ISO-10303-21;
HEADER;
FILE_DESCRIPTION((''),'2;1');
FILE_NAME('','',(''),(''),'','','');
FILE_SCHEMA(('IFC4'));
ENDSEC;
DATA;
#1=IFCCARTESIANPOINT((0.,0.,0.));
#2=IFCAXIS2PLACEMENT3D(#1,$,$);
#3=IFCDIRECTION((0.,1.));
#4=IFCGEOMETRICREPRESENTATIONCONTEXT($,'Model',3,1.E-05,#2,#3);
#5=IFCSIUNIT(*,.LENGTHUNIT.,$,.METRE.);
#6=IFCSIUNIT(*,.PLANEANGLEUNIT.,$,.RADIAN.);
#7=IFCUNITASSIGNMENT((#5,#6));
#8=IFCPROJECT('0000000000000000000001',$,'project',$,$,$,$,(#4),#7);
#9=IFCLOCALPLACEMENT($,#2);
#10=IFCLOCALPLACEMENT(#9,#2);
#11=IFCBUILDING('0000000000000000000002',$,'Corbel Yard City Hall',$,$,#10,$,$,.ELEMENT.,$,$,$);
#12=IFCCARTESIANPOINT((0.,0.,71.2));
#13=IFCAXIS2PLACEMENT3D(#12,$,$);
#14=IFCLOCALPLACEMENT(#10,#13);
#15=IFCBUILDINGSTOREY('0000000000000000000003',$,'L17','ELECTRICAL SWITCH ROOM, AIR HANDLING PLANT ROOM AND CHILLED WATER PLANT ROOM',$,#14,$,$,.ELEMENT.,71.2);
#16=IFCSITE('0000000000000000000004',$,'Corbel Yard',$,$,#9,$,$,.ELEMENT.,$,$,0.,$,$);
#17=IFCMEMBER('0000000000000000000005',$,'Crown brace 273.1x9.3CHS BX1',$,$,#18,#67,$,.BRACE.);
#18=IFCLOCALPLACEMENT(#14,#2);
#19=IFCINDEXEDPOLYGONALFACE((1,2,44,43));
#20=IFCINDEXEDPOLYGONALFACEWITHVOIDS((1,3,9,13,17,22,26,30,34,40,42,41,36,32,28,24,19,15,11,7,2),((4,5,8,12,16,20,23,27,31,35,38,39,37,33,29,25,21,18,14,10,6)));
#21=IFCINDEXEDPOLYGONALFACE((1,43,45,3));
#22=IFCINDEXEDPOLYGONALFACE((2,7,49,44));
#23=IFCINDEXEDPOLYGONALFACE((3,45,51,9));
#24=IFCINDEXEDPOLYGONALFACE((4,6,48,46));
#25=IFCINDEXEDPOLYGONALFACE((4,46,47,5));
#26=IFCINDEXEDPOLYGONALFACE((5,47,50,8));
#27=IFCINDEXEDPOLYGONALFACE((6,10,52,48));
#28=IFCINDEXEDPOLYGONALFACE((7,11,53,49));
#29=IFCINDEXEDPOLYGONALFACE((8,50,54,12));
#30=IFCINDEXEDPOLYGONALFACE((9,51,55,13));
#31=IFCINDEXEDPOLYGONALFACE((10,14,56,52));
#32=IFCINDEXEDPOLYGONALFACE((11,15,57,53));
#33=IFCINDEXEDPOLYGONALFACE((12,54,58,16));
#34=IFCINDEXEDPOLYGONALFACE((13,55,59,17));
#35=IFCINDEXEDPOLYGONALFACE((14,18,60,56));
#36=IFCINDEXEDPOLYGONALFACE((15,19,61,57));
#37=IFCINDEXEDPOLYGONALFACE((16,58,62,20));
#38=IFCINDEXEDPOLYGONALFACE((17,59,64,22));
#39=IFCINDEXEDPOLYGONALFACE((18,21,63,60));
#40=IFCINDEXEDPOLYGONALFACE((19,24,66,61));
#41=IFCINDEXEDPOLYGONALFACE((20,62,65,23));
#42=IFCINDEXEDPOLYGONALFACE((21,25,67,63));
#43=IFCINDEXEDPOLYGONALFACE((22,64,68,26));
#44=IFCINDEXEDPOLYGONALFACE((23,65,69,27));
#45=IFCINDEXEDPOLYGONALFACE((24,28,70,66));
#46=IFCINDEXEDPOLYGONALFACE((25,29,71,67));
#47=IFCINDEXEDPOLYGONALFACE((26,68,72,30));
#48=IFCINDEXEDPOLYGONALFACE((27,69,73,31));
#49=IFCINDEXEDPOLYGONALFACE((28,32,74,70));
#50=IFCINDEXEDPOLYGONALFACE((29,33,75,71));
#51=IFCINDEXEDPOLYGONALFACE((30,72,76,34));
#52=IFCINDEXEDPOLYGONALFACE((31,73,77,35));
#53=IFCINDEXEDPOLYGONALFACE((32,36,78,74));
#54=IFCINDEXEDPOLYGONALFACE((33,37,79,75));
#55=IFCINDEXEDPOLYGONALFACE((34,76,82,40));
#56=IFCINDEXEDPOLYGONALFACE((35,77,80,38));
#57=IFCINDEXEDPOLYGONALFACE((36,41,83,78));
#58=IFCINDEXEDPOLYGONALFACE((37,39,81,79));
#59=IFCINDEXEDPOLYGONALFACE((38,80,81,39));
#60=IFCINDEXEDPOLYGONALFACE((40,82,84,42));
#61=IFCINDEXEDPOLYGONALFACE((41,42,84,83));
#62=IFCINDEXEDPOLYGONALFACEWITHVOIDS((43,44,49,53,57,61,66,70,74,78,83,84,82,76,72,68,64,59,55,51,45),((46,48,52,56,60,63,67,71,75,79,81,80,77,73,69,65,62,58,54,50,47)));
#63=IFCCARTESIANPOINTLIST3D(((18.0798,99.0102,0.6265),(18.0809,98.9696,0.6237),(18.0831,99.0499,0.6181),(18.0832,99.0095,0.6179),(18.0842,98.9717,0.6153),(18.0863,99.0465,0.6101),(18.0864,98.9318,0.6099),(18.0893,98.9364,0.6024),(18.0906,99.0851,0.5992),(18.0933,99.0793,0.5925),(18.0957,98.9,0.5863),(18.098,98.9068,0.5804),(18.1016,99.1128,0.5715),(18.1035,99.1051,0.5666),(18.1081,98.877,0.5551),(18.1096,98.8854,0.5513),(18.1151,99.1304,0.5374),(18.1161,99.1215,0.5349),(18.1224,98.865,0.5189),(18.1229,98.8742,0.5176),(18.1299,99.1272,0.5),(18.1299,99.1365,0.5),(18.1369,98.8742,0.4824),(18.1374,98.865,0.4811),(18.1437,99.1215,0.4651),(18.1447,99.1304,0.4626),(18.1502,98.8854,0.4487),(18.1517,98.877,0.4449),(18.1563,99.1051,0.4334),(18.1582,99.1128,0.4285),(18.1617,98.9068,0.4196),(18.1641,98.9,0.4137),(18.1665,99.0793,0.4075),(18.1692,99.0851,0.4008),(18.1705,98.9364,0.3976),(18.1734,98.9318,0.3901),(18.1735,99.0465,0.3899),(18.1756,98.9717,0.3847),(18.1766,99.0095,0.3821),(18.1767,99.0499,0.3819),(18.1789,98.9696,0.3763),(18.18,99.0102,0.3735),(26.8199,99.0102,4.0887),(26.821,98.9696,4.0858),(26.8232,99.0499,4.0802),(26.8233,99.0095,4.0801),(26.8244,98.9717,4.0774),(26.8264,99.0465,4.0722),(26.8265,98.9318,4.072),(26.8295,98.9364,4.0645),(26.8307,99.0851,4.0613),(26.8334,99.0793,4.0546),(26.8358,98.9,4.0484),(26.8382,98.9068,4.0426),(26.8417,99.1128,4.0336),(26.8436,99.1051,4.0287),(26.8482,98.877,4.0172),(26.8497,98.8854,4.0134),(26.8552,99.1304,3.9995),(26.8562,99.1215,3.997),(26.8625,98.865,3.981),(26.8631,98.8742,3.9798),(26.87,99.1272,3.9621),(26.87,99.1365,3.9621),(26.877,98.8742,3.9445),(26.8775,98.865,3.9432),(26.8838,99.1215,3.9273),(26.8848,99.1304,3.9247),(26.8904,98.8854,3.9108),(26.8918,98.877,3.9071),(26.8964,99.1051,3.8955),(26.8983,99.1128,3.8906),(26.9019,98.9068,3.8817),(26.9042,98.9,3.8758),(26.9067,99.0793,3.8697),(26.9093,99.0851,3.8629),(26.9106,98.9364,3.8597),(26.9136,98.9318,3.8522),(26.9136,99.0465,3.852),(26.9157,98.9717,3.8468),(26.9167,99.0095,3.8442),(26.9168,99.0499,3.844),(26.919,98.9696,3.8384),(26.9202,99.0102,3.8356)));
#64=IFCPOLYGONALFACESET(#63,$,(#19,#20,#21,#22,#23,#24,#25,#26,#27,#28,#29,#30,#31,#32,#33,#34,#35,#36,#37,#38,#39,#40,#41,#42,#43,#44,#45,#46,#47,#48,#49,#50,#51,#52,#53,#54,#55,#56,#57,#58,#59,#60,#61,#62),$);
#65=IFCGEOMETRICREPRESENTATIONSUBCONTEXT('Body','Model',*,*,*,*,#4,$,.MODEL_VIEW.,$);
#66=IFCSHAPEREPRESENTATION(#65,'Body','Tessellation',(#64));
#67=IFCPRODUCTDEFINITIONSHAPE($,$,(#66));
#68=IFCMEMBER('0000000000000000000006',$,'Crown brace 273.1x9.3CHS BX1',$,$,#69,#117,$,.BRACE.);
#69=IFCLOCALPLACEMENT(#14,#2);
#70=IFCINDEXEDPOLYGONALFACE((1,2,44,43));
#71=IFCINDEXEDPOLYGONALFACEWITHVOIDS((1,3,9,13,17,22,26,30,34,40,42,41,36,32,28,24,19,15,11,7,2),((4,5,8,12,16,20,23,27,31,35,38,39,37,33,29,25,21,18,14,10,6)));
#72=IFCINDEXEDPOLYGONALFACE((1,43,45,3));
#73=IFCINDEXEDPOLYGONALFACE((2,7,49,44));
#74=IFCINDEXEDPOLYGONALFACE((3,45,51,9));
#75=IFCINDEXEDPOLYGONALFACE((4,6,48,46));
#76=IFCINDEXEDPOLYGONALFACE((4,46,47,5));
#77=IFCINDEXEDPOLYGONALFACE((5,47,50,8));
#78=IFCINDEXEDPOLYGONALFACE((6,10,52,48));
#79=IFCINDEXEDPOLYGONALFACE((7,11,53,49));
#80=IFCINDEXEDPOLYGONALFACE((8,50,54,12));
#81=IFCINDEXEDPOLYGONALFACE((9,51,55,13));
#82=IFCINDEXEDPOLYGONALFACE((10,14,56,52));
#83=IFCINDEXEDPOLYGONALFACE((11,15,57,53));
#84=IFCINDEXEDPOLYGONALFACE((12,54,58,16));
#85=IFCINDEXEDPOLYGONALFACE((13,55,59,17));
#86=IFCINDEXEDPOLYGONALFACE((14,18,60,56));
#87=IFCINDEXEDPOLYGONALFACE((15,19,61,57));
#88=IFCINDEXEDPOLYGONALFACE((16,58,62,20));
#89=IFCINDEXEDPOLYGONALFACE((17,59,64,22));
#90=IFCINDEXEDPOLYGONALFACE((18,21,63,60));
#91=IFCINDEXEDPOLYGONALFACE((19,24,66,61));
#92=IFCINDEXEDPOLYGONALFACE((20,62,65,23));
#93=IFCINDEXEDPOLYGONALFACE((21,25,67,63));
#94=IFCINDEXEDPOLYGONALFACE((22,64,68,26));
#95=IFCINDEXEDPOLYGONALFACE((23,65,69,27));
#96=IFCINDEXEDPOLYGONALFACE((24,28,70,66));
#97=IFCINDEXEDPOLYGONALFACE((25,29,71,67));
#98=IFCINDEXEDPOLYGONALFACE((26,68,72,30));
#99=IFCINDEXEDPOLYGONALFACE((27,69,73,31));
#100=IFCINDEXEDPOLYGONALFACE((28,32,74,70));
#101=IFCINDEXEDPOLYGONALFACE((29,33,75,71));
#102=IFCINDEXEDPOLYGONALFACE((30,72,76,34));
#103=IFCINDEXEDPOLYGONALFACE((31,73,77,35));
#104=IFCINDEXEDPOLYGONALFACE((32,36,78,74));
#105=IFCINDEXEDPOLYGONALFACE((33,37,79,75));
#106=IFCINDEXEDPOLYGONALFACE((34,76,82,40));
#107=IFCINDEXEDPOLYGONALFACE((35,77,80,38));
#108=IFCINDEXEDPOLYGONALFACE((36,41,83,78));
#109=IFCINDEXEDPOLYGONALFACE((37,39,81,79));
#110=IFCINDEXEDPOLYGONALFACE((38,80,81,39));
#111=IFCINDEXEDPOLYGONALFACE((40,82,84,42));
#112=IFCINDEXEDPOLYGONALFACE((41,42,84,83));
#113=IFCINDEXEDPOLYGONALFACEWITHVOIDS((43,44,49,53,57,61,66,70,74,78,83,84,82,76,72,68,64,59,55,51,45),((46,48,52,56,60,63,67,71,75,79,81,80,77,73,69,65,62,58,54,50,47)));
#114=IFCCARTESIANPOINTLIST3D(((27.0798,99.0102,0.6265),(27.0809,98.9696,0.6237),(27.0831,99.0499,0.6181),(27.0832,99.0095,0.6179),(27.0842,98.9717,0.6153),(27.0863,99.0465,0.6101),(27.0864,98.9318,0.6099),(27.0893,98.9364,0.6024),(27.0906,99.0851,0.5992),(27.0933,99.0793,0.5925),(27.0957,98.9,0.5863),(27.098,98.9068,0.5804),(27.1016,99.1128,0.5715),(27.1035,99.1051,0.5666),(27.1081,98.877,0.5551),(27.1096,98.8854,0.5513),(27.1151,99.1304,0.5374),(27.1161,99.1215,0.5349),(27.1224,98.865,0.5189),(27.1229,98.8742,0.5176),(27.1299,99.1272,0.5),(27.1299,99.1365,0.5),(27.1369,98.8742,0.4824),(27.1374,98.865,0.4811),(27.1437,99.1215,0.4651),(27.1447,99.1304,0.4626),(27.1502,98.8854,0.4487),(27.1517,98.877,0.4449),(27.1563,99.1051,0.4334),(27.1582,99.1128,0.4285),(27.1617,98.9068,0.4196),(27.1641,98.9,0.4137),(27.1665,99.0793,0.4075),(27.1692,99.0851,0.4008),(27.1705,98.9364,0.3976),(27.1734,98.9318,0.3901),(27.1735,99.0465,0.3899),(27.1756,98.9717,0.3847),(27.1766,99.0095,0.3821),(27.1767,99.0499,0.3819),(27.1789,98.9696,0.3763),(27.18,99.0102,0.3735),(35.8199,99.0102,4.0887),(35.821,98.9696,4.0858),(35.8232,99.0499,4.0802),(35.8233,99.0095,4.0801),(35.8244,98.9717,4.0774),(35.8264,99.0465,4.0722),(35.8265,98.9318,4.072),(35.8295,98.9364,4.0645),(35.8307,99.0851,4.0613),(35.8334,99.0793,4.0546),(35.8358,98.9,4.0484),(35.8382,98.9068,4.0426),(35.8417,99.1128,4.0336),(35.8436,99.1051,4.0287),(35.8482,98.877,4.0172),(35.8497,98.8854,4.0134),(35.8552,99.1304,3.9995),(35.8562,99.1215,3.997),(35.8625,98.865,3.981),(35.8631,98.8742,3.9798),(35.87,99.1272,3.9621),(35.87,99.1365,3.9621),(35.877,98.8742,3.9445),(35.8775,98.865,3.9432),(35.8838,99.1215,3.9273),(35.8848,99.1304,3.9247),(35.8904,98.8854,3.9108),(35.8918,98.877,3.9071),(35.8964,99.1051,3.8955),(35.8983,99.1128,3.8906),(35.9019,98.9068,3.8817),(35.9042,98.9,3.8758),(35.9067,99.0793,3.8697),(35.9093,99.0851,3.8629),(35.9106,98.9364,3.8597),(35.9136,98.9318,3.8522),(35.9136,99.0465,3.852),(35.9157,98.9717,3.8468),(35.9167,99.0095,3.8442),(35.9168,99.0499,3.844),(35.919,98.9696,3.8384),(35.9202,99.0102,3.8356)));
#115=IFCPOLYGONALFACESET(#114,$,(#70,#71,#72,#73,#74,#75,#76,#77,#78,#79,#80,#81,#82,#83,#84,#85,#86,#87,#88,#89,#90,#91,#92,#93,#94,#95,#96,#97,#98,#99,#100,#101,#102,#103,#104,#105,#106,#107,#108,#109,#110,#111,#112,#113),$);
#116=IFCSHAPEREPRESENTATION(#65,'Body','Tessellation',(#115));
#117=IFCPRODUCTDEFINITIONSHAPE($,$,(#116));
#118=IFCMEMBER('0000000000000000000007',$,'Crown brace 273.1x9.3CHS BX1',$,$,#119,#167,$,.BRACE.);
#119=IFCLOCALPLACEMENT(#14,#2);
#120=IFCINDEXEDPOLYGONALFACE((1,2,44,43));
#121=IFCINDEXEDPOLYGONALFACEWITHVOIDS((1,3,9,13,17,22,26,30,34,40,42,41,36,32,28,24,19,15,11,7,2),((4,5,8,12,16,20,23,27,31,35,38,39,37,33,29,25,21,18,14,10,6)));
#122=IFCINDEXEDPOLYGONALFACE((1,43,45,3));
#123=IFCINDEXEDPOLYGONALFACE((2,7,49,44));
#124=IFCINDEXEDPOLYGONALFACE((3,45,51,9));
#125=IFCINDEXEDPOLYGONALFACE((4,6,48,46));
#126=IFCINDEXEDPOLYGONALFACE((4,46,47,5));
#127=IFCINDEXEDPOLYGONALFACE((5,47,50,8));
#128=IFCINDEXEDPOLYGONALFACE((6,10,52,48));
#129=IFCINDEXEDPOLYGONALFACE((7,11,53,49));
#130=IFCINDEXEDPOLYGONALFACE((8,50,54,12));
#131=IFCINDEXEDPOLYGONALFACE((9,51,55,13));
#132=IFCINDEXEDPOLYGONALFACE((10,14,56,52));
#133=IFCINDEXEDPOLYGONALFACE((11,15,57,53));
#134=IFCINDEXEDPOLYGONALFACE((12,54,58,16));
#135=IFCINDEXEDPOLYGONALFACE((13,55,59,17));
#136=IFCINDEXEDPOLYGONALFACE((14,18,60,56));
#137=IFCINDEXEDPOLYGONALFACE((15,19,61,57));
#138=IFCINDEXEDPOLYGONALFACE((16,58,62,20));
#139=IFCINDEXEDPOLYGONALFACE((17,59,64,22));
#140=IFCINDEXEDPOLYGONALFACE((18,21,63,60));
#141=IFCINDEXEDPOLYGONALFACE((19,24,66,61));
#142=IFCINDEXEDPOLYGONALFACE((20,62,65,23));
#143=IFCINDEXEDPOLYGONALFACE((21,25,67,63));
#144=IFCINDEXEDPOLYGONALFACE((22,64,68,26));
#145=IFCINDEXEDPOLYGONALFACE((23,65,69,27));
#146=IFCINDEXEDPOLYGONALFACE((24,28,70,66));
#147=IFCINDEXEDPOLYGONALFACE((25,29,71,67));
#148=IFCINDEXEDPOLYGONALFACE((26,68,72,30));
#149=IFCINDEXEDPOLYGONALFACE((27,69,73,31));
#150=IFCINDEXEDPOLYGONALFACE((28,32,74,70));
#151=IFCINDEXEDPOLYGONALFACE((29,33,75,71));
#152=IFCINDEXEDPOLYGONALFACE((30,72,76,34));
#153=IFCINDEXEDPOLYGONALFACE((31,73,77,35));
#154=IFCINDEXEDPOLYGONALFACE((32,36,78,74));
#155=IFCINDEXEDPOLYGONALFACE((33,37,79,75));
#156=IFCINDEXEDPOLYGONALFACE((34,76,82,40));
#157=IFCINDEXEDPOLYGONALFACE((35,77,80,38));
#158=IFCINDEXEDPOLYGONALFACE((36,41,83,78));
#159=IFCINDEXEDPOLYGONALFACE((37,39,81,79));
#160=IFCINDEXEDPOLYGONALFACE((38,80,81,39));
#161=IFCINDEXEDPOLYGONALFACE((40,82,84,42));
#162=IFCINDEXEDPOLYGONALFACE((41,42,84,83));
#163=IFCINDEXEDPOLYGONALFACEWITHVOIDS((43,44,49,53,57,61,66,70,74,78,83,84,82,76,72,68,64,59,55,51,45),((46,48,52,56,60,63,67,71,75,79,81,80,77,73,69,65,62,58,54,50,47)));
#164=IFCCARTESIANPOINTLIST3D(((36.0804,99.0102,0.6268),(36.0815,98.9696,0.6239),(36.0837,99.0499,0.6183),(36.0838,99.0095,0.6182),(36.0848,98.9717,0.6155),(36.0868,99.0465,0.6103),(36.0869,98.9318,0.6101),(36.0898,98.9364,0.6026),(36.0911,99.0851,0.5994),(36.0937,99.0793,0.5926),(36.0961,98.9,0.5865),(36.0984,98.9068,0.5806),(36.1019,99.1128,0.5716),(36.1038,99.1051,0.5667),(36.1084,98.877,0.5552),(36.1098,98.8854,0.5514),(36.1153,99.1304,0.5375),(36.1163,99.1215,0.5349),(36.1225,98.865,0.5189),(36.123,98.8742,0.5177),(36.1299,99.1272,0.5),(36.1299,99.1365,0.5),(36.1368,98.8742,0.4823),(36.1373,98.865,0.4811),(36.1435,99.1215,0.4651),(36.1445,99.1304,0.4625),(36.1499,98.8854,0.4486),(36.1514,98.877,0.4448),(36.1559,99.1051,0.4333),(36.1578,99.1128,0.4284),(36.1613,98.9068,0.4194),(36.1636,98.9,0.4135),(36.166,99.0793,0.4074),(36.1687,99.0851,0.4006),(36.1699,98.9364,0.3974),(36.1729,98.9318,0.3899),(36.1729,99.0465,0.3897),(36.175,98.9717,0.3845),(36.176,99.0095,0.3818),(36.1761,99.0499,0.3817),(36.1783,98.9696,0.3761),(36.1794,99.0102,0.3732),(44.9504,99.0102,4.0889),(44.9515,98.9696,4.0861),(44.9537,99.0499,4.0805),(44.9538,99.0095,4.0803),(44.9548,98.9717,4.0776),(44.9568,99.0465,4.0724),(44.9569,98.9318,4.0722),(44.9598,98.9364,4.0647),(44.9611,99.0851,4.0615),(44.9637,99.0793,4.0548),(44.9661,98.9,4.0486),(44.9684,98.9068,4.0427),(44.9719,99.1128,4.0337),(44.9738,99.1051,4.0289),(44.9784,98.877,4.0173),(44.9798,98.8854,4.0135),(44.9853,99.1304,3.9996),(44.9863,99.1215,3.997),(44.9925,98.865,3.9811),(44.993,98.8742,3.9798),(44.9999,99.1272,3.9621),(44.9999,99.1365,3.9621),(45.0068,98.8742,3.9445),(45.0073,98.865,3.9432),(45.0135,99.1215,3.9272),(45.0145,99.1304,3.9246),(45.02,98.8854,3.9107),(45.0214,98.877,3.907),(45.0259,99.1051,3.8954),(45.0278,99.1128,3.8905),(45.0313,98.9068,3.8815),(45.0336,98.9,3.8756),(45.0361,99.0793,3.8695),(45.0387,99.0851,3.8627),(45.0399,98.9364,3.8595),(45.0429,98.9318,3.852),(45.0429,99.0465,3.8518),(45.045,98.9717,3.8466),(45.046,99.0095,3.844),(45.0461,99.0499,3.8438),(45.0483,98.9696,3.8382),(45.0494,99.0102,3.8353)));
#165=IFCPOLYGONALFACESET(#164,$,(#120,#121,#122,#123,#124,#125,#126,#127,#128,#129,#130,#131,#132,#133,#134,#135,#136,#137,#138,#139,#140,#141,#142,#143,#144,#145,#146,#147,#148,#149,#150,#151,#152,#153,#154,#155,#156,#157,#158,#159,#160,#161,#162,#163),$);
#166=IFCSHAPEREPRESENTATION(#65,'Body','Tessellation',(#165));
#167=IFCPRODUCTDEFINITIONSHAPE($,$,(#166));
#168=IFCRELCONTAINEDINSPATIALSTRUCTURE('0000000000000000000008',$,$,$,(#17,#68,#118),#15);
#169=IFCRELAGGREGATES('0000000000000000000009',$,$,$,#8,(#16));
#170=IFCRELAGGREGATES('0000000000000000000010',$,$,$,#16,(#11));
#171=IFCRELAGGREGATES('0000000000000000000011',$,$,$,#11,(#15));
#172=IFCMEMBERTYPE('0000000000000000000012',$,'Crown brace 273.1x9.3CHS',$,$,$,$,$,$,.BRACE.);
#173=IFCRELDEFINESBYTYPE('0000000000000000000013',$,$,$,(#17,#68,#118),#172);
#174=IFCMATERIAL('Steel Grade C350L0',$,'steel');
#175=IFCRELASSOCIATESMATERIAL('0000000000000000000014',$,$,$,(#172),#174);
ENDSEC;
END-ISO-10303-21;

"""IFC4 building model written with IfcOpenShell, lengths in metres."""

from ifc_helpers import new_model, si_unit, direction, frame, origin, origin_2d, place, context, subcontext, project, spatial, hollow_circle, extrude, material, material_profile, profile_set, type_object, element, save


model = new_model("IFC4")

# Units and contexts
model_context = context("Model", 3, precision=1e-05, world=origin(), true_north=direction((0.0, 1.0)))
body_context = subcontext(model_context, "Body", "Model", "MODEL_VIEW")
ifc_project = project(units=[si_unit("LENGTHUNIT", "METRE"), si_unit("PLANEANGLEUNIT", "RADIAN")], contexts=[model_context])

# Site, building, storey
site_placement = place(None, origin())
site = spatial("IfcSite", under=ifc_project, at=site_placement, Name="Corbel Yard", CompositionType="ELEMENT", RefElevation=0.0)
building_placement = place(site_placement, origin())
building = spatial("IfcBuilding", under=site, at=building_placement, Name="Corbel Yard City Hall", CompositionType="ELEMENT")
storey_placement = place(building_placement, frame((0.0, 0.0, 71.2)))
storey = spatial("IfcBuildingStorey", under=building, at=storey_placement, Name="L17", Description="ELECTRICAL SWITCH ROOM, AIR HANDLING PLANT ROOM AND CHILLED WATER PLANT ROOM", CompositionType="ELEMENT", Elevation=71.2)

# Members
ifc_material_1 = material(Name="Steel Grade C350L0", Category="steel")
ifc_material_profile_1 = material_profile(ifc_material_1, hollow_circle(Radius=0.1365, WallThickness=0.0093, at=origin_2d()), Name="273.1x9.3CHS")
ifc_profile_set_1 = profile_set([ifc_material_profile_1], Name="Steel Grade C350L0")
member_type_1 = type_object("IfcMemberType", Name="Crown brace 273.1x9.3CHS", PredefinedType="BRACE", material=ifc_profile_set_1)
for number, where, z_axis, x_axis, name in (
    (1, (18.1299, 99.0, 0.5), (0.929716, 0.0, 0.368277), (0.0, 1.0, 0.0), "Crown brace 273.1x9.3CHS BX1"),
    (2, (27.1299, 99.0, 0.5), (0.929716, 0.0, 0.368277), (0.0, 1.0, 0.0), "Crown brace 273.1x9.3CHS BX1"),
):
    element("IfcMember", number, at=place(storey_placement, frame(where, z_axis=z_axis, x_axis=x_axis)), inside=storey, type_object=member_type_1, Name=name, PredefinedType="BRACE", context=body_context, shape_type="SweptSolid", body=[
        extrude(hollow_circle(Radius=0.1365, WallThickness=0.0093, at=origin_2d()), origin(), (0.0, 0.0, 1.0), 9.4009),
    ])
member_1_placement = place(storey_placement, frame((36.1299, 99.0, 0.5), z_axis=(0.931555, 0.0, 0.363602), x_axis=(0.0, 1.0, 0.0)))
element("IfcMember", 3, at=member_1_placement, inside=storey, type_object=member_type_1, Name="Crown brace 273.1x9.3CHS BX1", PredefinedType="BRACE", context=body_context, shape_type="SweptSolid", body=[
    extrude(hollow_circle(Radius=0.1365, WallThickness=0.0093, at=origin_2d()), origin(), (0.0, 0.0, 1.0), 9.5217),
])

save(model, "model.ifc")
